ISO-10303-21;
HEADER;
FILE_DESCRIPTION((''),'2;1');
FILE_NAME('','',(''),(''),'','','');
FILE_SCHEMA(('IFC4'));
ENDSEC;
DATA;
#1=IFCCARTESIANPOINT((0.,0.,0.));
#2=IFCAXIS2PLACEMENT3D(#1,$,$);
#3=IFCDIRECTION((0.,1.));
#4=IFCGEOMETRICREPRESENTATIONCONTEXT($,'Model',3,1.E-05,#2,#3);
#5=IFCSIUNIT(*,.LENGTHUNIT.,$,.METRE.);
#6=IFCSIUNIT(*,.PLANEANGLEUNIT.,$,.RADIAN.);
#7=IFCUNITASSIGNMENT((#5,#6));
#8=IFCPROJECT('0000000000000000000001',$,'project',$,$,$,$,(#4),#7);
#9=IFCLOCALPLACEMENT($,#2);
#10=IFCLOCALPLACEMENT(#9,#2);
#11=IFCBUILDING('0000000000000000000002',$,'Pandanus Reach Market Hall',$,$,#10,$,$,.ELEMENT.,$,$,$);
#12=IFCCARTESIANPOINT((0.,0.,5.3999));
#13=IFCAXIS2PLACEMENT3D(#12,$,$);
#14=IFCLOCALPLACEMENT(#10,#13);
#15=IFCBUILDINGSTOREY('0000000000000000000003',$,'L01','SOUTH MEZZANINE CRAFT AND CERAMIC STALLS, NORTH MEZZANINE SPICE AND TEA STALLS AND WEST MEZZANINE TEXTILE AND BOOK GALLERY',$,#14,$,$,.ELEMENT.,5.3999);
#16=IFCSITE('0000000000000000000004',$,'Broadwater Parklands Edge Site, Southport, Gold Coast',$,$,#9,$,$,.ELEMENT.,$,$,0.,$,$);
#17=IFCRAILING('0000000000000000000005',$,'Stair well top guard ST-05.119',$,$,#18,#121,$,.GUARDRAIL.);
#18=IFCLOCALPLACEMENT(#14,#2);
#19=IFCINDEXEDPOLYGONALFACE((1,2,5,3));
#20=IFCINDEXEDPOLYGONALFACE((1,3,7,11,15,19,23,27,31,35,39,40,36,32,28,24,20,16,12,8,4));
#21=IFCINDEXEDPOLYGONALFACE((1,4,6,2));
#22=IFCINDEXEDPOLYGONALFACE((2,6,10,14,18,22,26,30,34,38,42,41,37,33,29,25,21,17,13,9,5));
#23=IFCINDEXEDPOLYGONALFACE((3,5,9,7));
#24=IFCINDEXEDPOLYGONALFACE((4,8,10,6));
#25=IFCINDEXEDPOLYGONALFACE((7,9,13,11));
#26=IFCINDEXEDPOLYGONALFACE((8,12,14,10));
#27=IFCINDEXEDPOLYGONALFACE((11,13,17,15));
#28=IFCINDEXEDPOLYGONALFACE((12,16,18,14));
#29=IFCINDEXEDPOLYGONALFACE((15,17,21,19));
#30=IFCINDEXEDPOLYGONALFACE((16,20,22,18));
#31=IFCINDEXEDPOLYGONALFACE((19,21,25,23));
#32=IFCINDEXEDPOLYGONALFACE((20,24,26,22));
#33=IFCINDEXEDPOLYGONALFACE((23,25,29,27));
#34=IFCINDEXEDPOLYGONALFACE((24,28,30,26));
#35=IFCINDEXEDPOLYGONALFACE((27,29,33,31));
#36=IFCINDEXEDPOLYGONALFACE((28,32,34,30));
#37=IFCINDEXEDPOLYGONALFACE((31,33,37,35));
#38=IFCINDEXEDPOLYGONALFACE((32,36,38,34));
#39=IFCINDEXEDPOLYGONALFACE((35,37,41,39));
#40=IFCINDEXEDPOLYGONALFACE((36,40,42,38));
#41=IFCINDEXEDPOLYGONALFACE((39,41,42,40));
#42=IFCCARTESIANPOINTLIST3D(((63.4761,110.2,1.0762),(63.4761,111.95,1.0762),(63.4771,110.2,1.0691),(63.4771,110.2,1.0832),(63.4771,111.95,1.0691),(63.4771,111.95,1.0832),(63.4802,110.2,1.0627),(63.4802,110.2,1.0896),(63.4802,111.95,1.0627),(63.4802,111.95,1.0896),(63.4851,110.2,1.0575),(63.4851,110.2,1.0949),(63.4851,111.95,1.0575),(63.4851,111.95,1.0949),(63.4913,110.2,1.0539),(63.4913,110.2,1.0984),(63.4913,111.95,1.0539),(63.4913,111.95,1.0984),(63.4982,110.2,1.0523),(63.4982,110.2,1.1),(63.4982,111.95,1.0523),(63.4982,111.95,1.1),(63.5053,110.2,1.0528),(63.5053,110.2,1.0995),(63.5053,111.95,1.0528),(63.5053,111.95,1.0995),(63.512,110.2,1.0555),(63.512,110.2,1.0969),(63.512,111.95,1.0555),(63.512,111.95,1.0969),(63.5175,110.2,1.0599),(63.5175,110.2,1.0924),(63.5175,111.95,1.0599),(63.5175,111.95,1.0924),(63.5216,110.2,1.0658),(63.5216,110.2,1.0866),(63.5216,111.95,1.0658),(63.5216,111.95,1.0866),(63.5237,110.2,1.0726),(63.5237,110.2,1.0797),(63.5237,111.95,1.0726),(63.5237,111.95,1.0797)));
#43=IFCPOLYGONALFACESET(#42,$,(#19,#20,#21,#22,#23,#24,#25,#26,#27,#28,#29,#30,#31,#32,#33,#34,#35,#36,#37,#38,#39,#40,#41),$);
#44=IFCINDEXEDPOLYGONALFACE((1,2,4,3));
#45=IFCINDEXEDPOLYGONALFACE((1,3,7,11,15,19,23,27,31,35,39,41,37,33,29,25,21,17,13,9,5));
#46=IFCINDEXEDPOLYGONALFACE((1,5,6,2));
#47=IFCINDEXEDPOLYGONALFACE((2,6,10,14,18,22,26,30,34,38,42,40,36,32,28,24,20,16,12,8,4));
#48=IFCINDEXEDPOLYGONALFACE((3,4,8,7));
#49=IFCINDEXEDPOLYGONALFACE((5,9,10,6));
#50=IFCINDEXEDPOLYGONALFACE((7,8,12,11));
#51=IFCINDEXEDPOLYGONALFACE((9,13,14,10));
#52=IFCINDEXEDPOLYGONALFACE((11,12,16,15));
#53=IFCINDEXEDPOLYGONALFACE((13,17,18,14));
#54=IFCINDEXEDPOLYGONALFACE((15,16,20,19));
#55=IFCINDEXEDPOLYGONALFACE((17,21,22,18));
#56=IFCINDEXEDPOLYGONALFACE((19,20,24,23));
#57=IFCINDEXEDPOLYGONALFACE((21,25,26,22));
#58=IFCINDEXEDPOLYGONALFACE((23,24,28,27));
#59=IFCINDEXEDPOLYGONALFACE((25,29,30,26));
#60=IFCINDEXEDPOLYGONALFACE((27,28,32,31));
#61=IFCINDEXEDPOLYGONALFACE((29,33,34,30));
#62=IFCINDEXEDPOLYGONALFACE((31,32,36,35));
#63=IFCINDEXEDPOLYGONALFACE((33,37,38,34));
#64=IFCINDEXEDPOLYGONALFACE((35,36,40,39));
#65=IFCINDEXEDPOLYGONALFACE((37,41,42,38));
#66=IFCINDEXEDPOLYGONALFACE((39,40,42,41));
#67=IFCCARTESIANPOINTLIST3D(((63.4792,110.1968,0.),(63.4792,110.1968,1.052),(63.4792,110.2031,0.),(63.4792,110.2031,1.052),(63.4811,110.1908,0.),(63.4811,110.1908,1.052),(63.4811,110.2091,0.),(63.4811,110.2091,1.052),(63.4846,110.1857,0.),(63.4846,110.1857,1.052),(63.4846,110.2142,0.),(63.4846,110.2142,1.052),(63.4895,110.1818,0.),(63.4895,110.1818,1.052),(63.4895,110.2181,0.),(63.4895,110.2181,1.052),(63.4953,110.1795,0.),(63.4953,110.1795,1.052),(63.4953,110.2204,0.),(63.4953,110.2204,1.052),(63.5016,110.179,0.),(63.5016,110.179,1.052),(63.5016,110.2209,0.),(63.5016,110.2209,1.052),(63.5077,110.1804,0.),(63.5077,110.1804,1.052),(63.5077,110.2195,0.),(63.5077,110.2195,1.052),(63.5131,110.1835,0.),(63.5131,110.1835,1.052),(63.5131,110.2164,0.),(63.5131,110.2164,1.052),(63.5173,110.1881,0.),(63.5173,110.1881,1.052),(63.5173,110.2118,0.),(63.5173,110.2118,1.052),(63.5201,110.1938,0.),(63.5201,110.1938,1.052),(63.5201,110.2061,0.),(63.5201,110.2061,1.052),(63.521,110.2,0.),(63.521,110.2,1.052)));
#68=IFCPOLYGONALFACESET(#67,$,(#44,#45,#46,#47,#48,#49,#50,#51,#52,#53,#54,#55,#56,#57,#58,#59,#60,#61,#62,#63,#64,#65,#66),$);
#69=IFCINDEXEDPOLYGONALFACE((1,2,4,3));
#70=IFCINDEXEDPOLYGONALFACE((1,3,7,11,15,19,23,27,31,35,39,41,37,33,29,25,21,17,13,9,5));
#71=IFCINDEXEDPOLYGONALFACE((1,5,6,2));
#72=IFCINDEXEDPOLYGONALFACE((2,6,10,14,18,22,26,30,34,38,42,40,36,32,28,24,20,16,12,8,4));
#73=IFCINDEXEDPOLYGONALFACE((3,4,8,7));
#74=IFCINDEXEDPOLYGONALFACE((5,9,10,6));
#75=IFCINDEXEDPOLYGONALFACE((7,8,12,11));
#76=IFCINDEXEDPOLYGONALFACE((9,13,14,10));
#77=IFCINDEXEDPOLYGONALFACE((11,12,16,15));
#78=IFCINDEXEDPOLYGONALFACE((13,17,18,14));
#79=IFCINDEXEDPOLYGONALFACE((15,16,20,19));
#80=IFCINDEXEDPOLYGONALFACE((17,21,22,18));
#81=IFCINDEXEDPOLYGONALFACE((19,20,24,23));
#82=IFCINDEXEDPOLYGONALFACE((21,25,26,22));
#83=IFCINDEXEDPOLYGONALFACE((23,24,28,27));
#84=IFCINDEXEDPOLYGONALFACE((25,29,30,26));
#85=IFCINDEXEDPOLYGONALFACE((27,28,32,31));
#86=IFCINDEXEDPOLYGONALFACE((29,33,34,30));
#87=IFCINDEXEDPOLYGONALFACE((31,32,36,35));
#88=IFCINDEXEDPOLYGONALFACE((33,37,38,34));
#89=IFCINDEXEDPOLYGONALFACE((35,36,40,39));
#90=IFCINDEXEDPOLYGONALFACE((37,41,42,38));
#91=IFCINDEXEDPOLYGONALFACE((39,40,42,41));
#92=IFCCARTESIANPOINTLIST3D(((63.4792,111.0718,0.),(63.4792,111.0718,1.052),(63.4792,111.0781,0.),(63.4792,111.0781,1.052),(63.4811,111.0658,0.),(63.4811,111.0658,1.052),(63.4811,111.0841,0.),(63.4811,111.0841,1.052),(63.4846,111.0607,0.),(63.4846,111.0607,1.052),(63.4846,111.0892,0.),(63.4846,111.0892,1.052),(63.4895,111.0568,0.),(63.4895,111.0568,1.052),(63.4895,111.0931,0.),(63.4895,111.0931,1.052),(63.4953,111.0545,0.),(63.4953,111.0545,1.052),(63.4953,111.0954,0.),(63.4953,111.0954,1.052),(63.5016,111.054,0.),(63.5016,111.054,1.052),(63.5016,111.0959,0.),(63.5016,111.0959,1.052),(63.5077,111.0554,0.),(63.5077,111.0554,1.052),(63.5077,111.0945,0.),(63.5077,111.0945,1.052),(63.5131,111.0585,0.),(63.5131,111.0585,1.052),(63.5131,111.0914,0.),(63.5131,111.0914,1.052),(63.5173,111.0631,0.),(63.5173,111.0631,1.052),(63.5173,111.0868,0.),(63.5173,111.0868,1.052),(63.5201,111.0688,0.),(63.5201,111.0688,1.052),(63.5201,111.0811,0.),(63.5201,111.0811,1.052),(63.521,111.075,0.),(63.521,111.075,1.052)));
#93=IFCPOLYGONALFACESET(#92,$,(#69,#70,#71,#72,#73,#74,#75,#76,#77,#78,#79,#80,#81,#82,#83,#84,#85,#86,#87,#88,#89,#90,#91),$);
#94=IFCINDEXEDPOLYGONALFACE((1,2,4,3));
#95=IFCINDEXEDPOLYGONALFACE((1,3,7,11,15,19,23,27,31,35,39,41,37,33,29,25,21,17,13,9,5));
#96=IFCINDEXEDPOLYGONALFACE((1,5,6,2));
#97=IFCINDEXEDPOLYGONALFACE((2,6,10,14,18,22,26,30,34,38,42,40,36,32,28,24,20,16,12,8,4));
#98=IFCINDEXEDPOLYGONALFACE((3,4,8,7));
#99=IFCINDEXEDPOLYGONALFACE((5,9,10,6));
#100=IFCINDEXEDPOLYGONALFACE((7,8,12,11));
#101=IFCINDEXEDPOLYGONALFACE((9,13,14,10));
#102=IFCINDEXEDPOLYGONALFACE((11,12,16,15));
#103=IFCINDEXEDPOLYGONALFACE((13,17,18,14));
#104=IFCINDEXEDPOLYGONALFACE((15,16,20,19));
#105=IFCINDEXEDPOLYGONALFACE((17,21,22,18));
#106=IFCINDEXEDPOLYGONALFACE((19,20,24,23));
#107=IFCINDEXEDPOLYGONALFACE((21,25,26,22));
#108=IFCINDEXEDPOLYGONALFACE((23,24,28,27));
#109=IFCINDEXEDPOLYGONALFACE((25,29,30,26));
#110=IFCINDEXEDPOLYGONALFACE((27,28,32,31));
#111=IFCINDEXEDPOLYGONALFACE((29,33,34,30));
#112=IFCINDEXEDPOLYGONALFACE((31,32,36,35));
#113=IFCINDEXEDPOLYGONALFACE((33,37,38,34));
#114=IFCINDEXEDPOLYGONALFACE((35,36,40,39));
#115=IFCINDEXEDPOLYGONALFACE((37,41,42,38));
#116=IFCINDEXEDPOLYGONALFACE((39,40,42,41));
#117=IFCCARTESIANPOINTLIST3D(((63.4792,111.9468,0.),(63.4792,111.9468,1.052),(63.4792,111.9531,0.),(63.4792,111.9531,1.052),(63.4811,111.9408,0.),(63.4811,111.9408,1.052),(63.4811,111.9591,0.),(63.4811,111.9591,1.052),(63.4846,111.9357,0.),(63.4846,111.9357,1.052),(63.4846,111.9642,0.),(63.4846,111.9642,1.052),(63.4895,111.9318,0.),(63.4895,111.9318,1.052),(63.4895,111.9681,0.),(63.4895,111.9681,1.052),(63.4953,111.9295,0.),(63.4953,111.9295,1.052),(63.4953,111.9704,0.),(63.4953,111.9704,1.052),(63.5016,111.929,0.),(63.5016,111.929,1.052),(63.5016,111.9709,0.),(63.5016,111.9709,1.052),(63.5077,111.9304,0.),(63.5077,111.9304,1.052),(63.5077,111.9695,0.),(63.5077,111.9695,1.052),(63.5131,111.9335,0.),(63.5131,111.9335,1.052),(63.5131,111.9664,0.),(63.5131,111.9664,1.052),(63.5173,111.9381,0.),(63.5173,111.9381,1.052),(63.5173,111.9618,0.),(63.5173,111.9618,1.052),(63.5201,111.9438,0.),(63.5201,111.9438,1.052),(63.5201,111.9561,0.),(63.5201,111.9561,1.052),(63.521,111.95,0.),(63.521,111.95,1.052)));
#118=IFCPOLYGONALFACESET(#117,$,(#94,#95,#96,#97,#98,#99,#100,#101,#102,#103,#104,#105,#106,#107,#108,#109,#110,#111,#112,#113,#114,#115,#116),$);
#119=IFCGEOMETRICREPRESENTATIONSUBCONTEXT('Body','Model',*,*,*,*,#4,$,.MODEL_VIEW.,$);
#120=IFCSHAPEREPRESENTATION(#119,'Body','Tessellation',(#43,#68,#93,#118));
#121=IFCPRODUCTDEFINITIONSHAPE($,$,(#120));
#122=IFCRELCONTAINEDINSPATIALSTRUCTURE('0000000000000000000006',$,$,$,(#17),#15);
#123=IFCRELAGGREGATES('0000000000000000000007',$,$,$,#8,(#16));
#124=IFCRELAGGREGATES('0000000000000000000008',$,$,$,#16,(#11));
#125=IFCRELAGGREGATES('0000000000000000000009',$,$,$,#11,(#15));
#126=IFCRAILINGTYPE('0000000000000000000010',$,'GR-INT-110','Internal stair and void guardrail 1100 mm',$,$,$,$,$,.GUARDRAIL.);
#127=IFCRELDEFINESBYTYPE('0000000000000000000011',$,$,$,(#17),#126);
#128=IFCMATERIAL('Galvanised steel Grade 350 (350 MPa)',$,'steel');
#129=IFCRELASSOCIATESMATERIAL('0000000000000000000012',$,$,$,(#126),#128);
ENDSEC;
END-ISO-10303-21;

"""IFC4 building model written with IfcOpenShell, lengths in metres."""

from ifc_helpers import new_model, si_unit, direction, frame, origin, origin_2d, place, context, subcontext, project, spatial, circle, extrude, material, type_object, element, save


model = new_model("IFC4")

# Units and contexts
model_context = context("Model", 3, precision=1e-05, world=origin(), true_north=direction((0.0, 1.0)))
body_context = subcontext(model_context, "Body", "Model", "MODEL_VIEW")
ifc_project = project(units=[si_unit("LENGTHUNIT", "METRE"), si_unit("PLANEANGLEUNIT", "RADIAN")], contexts=[model_context])

# Site, building, storey
site_placement = place(None, origin())
site = spatial("IfcSite", under=ifc_project, at=site_placement, Name="Broadwater Parklands Edge Site, Southport, Gold Coast", CompositionType="ELEMENT", RefElevation=0.0)
building_placement = place(site_placement, origin())
building = spatial("IfcBuilding", under=site, at=building_placement, Name="Pandanus Reach Market Hall", CompositionType="ELEMENT")
storey_placement = place(building_placement, frame((0.0, 0.0, 5.3999)))
storey = spatial("IfcBuildingStorey", under=building, at=storey_placement, Name="L01", Description="SOUTH MEZZANINE CRAFT AND CERAMIC STALLS, NORTH MEZZANINE SPICE AND TEA STALLS AND WEST MEZZANINE TEXTILE AND BOOK GALLERY", CompositionType="ELEMENT", Elevation=5.3999)

# Railing
ifc_material_1 = material(Name="Galvanised steel Grade 350 (350 MPa)", Category="steel")
railing_type = type_object("IfcRailingType", Name="GR-INT-110", Description="Internal stair and void guardrail 1100 mm", PredefinedType="GUARDRAIL", material=ifc_material_1)
railing_placement = place(storey_placement, frame((63.5, 110.2, 0.0)))
element("IfcRailing", 1, at=railing_placement, inside=storey, type_object=railing_type, Name="Stair well top guard ST-05.119", PredefinedType="GUARDRAIL", context=body_context, shape_type="SweptSolid", body=[
    extrude(circle(Radius=0.0239, at=origin_2d()), frame((0.0, 0.0, 1.0762), z_axis=(0.0, 1.0, 0.0), x_axis=(-1.0, 0.0, 0.0)), (0.0, 0.0, 1.0), 1.75),
    extrude(circle(Radius=0.021, at=origin_2d()), origin(), (0.0, 0.0, 1.0), 1.052),
    extrude(circle(Radius=0.021, at=origin_2d()), frame((0.0, 0.875, 0.0)), (0.0, 0.0, 1.0), 1.052),
    extrude(circle(Radius=0.021, at=origin_2d()), frame((0.0, 1.75, 0.0)), (0.0, 0.0, 1.0), 1.052),
])

save(model, "model.ifc")
